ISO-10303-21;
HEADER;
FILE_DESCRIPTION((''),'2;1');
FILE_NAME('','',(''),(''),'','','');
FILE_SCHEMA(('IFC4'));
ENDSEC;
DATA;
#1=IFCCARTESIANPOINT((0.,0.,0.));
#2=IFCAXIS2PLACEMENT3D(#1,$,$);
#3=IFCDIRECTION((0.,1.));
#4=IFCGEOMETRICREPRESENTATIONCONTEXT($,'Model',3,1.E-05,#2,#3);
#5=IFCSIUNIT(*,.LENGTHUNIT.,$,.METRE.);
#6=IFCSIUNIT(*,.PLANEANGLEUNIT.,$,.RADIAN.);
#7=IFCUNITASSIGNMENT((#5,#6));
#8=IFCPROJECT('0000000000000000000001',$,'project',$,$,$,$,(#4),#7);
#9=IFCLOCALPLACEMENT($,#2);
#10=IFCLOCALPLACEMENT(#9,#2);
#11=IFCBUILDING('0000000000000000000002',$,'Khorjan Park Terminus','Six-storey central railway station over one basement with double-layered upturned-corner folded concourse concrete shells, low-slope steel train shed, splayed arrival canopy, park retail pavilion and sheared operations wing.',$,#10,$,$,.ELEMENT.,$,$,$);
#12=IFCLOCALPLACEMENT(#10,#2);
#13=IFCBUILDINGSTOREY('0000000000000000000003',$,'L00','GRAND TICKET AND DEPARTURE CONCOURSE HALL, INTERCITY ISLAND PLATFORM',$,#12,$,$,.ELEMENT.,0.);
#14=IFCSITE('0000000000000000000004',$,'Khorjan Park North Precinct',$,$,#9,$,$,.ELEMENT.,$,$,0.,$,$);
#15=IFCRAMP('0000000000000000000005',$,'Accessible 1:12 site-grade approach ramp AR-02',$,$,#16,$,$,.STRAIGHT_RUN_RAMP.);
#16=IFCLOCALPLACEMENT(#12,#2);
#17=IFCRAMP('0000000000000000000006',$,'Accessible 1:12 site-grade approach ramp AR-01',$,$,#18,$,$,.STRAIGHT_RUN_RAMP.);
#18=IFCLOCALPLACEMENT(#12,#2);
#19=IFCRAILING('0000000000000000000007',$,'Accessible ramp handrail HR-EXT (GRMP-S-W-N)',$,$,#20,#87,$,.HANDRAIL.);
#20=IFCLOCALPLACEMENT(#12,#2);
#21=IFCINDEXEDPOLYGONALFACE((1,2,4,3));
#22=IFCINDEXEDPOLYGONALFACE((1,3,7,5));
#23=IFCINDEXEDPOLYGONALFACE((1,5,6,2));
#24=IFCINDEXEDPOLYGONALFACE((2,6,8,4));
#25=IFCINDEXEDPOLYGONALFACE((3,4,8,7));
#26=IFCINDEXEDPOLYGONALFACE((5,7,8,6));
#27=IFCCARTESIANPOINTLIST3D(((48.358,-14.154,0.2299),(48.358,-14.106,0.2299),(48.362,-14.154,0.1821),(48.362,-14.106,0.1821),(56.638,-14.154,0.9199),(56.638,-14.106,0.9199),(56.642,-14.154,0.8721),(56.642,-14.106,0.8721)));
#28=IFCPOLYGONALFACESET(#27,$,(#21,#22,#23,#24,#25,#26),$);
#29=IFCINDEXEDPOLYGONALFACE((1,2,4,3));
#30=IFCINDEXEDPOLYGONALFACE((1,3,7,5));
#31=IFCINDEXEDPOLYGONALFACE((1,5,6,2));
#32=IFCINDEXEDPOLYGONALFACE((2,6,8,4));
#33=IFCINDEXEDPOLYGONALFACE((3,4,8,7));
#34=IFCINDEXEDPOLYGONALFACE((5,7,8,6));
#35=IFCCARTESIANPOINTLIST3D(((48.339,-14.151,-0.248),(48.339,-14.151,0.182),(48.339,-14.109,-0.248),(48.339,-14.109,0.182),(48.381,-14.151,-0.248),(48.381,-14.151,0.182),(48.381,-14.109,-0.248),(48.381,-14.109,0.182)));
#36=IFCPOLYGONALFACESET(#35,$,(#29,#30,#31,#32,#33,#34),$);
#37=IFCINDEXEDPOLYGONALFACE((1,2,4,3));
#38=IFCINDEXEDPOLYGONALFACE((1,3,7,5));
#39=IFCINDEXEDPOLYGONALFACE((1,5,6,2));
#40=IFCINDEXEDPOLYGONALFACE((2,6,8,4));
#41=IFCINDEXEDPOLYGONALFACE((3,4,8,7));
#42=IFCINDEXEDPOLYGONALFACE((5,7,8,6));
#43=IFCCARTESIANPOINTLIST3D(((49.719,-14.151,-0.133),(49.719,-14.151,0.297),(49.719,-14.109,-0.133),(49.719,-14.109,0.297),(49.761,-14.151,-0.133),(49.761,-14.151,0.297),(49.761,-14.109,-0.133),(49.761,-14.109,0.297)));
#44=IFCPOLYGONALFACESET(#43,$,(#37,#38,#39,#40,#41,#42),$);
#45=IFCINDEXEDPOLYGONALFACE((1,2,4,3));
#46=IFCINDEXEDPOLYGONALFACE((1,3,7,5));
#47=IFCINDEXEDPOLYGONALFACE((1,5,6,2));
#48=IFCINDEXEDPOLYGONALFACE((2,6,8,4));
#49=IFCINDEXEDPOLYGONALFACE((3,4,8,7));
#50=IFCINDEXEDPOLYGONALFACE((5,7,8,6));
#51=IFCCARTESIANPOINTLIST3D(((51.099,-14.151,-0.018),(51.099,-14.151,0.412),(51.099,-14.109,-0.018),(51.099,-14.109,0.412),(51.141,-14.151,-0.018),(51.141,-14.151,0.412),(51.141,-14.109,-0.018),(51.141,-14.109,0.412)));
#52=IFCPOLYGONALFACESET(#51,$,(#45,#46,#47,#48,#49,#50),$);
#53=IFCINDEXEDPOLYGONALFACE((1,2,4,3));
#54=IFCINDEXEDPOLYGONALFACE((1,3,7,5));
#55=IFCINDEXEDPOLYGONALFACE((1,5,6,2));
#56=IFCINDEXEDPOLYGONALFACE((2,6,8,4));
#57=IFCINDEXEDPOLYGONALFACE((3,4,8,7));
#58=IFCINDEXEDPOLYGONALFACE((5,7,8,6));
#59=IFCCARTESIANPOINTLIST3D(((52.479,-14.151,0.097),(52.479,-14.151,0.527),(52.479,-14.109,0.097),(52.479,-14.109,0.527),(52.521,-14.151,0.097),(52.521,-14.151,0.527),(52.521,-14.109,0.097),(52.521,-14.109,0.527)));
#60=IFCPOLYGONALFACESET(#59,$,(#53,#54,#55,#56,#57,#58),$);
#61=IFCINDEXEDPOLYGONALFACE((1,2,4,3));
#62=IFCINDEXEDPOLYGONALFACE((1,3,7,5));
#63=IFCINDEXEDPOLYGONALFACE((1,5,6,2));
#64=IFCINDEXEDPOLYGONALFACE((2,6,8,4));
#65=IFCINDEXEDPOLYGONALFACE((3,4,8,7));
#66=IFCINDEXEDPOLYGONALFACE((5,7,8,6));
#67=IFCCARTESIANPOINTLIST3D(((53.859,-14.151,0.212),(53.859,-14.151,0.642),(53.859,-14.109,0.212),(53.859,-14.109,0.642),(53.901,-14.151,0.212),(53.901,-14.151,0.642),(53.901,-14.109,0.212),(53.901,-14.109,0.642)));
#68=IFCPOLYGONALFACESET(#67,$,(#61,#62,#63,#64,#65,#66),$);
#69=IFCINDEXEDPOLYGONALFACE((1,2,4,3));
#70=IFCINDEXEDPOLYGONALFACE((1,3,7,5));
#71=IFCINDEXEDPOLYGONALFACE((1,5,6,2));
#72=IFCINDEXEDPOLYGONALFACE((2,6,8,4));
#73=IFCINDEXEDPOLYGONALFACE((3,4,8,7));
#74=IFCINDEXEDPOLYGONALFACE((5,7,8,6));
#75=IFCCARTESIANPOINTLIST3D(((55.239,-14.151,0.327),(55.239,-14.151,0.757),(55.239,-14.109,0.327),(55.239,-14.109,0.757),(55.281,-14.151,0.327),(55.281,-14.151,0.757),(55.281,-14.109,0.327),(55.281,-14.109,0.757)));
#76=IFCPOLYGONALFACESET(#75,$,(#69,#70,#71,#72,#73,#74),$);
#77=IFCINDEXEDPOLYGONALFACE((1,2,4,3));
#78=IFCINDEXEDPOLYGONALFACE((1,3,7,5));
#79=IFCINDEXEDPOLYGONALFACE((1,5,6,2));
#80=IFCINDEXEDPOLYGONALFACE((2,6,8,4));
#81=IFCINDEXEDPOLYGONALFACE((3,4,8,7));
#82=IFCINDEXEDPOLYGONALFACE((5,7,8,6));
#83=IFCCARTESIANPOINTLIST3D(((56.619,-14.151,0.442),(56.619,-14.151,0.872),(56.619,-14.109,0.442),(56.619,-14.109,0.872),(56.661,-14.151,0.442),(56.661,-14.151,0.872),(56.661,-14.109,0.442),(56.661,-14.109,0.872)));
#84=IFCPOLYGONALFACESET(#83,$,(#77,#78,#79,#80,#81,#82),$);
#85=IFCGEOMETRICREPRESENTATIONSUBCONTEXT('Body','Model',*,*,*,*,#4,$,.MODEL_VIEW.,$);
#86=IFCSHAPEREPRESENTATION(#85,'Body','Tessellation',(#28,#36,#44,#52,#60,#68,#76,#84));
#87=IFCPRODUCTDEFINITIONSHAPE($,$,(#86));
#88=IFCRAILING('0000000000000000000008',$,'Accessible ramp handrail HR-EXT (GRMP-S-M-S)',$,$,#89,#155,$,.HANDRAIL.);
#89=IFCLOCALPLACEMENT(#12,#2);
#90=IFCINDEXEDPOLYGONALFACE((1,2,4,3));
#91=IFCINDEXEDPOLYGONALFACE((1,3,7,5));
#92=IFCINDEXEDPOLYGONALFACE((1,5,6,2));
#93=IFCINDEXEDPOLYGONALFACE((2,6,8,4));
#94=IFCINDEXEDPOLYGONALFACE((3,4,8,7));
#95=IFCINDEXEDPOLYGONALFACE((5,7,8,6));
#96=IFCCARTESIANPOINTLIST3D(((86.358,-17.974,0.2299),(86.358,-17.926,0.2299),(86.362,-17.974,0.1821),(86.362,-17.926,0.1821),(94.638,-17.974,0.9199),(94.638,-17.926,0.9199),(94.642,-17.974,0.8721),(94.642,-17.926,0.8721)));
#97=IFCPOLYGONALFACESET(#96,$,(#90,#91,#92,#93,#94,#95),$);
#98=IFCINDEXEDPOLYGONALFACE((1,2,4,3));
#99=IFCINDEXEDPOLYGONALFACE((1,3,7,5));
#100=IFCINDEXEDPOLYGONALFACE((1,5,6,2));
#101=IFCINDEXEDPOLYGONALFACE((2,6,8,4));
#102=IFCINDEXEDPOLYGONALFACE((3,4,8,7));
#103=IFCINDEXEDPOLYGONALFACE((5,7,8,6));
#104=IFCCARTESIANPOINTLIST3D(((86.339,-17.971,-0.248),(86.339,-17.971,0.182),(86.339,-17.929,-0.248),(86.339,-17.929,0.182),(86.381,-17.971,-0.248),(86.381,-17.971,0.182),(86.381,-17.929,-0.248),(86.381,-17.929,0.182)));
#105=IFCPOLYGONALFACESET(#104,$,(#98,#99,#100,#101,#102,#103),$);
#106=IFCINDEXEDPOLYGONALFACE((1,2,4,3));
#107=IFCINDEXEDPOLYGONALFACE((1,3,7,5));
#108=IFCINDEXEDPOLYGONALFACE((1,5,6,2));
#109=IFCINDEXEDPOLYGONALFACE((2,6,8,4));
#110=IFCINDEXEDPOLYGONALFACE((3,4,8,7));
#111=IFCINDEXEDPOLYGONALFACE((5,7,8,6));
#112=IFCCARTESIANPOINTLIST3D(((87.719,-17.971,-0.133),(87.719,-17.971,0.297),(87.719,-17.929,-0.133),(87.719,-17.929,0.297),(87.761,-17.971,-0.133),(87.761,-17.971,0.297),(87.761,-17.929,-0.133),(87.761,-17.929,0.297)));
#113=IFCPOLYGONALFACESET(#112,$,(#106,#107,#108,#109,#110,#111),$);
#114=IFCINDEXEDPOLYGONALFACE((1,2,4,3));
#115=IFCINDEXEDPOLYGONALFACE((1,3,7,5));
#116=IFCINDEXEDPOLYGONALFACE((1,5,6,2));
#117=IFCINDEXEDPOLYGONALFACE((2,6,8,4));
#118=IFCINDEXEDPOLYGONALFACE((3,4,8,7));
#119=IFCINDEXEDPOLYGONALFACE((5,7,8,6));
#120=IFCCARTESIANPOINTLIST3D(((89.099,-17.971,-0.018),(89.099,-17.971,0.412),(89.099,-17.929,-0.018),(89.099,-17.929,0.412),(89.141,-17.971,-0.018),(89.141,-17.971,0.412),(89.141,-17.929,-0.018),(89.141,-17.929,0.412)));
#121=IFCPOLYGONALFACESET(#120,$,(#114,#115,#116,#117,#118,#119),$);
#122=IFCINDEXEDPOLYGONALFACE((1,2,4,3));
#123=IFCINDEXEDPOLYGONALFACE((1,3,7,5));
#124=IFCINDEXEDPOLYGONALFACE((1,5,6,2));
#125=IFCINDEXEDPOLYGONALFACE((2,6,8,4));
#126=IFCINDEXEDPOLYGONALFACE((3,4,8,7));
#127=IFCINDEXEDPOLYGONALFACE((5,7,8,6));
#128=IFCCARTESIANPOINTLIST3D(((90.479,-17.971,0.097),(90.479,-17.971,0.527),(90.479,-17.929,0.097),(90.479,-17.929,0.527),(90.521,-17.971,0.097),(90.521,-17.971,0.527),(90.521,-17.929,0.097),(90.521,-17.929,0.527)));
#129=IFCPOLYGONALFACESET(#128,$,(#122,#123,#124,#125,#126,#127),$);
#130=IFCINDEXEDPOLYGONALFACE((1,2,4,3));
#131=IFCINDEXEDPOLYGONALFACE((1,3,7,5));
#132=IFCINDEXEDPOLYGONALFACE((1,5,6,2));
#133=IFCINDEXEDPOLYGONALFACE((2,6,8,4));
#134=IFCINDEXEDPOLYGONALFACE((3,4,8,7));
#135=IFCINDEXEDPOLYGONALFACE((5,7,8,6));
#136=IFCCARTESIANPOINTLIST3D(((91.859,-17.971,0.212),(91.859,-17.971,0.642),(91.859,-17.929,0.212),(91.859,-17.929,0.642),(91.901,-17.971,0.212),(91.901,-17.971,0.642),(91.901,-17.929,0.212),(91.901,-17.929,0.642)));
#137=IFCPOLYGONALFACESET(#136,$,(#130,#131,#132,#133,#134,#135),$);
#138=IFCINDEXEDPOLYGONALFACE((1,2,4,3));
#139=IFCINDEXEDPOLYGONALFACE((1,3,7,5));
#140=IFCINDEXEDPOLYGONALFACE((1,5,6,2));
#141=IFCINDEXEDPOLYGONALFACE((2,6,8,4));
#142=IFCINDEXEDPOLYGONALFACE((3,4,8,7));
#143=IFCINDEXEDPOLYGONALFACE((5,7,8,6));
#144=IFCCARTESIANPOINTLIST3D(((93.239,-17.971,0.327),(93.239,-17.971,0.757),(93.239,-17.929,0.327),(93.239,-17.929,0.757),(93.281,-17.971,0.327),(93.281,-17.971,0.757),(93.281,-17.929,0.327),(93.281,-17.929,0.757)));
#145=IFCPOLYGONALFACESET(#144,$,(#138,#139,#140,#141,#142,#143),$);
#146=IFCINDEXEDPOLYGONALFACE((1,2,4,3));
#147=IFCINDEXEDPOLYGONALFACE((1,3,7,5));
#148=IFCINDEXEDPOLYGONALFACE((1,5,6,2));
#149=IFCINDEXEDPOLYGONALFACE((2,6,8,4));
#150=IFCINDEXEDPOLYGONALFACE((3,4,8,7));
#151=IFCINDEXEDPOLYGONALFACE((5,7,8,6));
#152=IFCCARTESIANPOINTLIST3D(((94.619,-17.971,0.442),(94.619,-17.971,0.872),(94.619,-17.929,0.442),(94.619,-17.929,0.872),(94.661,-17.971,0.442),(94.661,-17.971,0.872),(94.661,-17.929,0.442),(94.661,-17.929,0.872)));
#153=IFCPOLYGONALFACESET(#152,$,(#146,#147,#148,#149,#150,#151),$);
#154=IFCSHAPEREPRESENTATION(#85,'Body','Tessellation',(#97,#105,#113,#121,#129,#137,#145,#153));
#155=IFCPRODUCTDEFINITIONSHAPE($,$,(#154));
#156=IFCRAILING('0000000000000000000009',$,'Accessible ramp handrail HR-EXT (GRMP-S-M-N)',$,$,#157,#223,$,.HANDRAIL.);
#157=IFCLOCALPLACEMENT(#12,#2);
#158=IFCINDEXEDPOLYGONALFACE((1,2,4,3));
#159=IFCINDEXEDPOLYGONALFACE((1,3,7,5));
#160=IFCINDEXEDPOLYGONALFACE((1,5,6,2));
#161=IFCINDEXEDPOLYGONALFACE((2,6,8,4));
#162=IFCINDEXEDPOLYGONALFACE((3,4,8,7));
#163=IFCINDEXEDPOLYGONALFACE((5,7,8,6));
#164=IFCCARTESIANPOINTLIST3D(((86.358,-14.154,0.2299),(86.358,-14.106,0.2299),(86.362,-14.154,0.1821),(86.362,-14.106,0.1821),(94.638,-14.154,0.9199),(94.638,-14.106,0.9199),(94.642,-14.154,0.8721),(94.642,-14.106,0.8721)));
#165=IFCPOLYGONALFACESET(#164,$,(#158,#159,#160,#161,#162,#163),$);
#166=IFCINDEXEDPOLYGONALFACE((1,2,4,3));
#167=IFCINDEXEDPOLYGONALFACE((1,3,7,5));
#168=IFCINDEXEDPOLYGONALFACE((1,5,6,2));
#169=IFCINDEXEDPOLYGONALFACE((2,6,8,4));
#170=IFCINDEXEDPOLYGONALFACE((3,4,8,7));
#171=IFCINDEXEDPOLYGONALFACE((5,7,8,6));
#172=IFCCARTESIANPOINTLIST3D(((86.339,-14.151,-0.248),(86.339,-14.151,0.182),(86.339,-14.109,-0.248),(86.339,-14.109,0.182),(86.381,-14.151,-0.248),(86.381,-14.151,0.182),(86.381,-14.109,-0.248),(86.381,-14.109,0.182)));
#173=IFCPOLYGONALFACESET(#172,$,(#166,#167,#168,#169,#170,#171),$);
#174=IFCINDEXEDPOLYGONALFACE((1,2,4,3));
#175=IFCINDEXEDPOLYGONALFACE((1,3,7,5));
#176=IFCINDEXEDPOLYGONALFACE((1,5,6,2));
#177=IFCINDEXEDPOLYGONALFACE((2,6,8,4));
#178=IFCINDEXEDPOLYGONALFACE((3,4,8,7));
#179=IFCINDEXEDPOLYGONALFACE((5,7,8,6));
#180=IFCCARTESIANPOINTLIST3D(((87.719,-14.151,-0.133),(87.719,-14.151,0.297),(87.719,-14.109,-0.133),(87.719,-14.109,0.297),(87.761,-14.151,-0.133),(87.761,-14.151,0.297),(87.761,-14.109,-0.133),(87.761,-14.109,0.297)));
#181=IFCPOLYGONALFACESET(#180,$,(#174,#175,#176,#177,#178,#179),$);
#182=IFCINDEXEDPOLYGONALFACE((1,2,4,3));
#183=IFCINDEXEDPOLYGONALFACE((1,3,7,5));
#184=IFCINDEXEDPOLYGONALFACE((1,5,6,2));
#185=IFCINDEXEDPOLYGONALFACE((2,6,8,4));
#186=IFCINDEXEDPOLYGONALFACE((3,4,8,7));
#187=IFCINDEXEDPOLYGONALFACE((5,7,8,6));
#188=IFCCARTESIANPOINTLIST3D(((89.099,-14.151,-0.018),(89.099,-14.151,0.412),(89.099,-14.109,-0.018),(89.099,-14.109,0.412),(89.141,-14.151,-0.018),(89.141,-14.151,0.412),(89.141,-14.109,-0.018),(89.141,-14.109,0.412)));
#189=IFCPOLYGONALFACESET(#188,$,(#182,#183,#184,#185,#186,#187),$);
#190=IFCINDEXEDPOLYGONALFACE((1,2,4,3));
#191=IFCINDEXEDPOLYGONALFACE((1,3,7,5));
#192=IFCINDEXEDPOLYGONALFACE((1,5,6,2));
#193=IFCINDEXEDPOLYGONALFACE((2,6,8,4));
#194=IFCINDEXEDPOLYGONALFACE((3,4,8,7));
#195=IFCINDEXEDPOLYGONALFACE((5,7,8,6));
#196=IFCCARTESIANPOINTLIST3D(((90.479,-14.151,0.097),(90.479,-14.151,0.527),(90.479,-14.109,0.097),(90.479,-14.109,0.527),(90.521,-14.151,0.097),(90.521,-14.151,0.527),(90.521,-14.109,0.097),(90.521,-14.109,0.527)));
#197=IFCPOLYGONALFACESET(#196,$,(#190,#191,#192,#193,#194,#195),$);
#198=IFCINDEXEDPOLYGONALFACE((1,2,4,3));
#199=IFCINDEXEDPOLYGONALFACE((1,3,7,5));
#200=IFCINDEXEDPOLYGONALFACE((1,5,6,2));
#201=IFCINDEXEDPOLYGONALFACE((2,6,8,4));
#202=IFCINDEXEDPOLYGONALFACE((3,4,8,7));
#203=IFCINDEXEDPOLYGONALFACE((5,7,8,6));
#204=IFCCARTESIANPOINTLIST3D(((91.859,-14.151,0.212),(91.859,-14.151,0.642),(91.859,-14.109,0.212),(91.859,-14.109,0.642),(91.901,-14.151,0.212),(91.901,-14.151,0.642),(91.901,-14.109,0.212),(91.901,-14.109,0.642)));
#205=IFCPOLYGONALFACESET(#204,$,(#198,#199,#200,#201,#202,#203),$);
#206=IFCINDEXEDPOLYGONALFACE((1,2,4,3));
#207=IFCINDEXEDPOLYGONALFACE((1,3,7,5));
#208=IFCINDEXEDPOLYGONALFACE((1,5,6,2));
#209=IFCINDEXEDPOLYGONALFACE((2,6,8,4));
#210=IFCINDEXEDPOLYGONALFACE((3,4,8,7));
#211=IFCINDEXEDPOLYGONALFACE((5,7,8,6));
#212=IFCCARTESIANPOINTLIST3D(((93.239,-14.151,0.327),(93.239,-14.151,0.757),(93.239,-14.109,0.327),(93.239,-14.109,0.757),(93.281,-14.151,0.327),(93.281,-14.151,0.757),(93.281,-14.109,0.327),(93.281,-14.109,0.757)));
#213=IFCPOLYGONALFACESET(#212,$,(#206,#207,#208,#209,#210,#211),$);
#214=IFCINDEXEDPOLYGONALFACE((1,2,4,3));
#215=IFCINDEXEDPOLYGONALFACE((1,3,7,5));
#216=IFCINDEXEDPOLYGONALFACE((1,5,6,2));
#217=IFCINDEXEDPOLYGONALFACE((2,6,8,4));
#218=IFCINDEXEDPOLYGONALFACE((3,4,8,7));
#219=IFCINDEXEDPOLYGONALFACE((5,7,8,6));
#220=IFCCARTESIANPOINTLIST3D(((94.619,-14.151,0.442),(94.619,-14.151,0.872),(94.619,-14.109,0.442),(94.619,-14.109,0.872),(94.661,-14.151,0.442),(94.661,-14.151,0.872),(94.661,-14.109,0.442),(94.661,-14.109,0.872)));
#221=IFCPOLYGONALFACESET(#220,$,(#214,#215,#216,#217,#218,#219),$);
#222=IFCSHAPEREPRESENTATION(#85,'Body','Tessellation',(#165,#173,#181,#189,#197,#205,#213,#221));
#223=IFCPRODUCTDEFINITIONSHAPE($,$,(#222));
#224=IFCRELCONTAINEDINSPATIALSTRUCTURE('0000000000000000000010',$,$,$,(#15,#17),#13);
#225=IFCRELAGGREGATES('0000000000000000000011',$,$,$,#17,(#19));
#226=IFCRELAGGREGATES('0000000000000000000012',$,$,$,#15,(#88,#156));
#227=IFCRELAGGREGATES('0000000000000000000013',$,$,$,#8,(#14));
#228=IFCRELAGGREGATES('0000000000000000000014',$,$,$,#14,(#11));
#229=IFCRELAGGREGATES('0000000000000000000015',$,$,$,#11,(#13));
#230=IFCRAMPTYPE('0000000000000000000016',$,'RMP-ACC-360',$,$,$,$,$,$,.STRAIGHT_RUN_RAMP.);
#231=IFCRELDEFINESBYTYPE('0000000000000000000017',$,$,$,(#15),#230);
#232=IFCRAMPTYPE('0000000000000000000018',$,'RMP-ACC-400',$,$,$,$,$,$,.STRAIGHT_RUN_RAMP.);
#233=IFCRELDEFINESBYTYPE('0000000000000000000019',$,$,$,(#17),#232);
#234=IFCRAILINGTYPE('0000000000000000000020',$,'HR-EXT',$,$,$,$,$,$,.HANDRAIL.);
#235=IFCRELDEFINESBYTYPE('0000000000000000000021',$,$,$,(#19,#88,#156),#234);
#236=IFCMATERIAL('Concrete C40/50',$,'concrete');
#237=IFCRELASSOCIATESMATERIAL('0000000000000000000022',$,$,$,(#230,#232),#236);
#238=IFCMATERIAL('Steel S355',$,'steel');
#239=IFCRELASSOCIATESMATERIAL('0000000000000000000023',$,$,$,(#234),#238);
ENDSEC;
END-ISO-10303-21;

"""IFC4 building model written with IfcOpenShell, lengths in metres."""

from ifc_helpers import new_model, si_unit, direction, frame, origin, origin_2d, place, context, subcontext, project, spatial, rectangle, extrude, material, type_object, element, aggregate, save


model = new_model("IFC4")

# Units and contexts
model_context = context("Model", 3, precision=1e-05, world=origin(), true_north=direction((0.0, 1.0)))
body_context = subcontext(model_context, "Body", "Model", "MODEL_VIEW")
ifc_project = project(units=[si_unit("LENGTHUNIT", "METRE"), si_unit("PLANEANGLEUNIT", "RADIAN")], contexts=[model_context])

# Site, building, storey
site_placement = place(None, origin())
site = spatial("IfcSite", under=ifc_project, at=site_placement, Name="Khorjan Park North Precinct", CompositionType="ELEMENT", RefElevation=0.0)
building_placement = place(site_placement, origin())
building = spatial("IfcBuilding", under=site, at=building_placement, Name="Khorjan Park Terminus", Description="Six-storey central railway station over one basement with double-layered upturned-corner folded concourse concrete shells, low-slope steel train shed, splayed arrival canopy, park retail pavilion and sheared operations wing.", CompositionType="ELEMENT")
storey_placement = place(building_placement, origin())
storey = spatial("IfcBuildingStorey", under=building, at=storey_placement, Name="L00", Description="GRAND TICKET AND DEPARTURE CONCOURSE HALL, INTERCITY ISLAND PLATFORM", CompositionType="ELEMENT", Elevation=0.0)

# Shared definitions
ifc_material_1 = material(Name="Steel S355", Category="steel")

# Shared definitions
ifc_material_2 = material(Name="Concrete C40/50", Category="concrete")

# Ramps
ramp_type_1 = type_object("IfcRampType", Name="RMP-ACC-360", PredefinedType="STRAIGHT_RUN_RAMP", material=ifc_material_2)
ramp_1_placement = place(storey_placement, origin())
ramp_1 = element("IfcRamp", 1, at=ramp_1_placement, inside=storey, type_object=ramp_type_1, Name="Accessible 1:12 site-grade approach ramp AR-02", PredefinedType="STRAIGHT_RUN_RAMP")
ramp_type_2 = type_object("IfcRampType", Name="RMP-ACC-400", PredefinedType="STRAIGHT_RUN_RAMP", material=ifc_material_2)
ramp_2_placement = place(storey_placement, origin())
ramp_2 = element("IfcRamp", 2, at=ramp_2_placement, inside=storey, type_object=ramp_type_2, Name="Accessible 1:12 site-grade approach ramp AR-01", PredefinedType="STRAIGHT_RUN_RAMP")

# Railings
railing_type_1 = type_object("IfcRailingType", Name="HR-EXT", PredefinedType="HANDRAIL", material=ifc_material_1)
railing_1_placement = place(storey_placement, frame((48.36, -14.13, -0.69)))
railing_1 = element("IfcRailing", 3, at=railing_1_placement, type_object=railing_type_1, Name="Accessible ramp handrail HR-EXT (GRMP-S-W-N)", PredefinedType="HANDRAIL", context=body_context, shape_type="SweptSolid", body=[
    extrude(rectangle(XDim=0.048, YDim=0.048, at=origin_2d()), frame((0.0, 0.0, 0.896), z_axis=(0.996546, 0.0, 0.083045), x_axis=(0.0, 1.0, 0.0)), (0.0, 0.0, 1.0), 8.3087),
    extrude(rectangle(XDim=0.042, YDim=0.042, at=origin_2d()), frame((0.0, 0.0, 0.442)), (0.0, 0.0, 1.0), 0.43),
    extrude(rectangle(XDim=0.042, YDim=0.042, at=origin_2d()), frame((1.38, 0.0, 0.557)), (0.0, 0.0, 1.0), 0.43),
    extrude(rectangle(XDim=0.042, YDim=0.042, at=origin_2d()), frame((2.76, 0.0, 0.672)), (0.0, 0.0, 1.0), 0.43),
    extrude(rectangle(XDim=0.042, YDim=0.042, at=origin_2d()), frame((4.14, 0.0, 0.787)), (0.0, 0.0, 1.0), 0.43),
    extrude(rectangle(XDim=0.042, YDim=0.042, at=origin_2d()), frame((5.52, 0.0, 0.902)), (0.0, 0.0, 1.0), 0.43),
    extrude(rectangle(XDim=0.042, YDim=0.042, at=origin_2d()), frame((6.9, 0.0, 1.017)), (0.0, 0.0, 1.0), 0.43),
    extrude(rectangle(XDim=0.042, YDim=0.042, at=origin_2d()), frame((8.28, 0.0, 1.132)), (0.0, 0.0, 1.0), 0.43),
])
aggregate(ramp_2, [railing_1])
railing_2_placement = place(storey_placement, frame((86.36, -17.95, -0.69)))
railing_2 = element("IfcRailing", 4, at=railing_2_placement, type_object=railing_type_1, Name="Accessible ramp handrail HR-EXT (GRMP-S-M-S)", PredefinedType="HANDRAIL", context=body_context, shape_type="SweptSolid", body=[
    extrude(rectangle(XDim=0.048, YDim=0.048, at=origin_2d()), frame((0.0, 0.0, 0.896), z_axis=(0.996546, 0.0, 0.083045), x_axis=(0.0, 1.0, 0.0)), (0.0, 0.0, 1.0), 8.3087),
    extrude(rectangle(XDim=0.042, YDim=0.042, at=origin_2d()), frame((0.0, 0.0, 0.442)), (0.0, 0.0, 1.0), 0.43),
    extrude(rectangle(XDim=0.042, YDim=0.042, at=origin_2d()), frame((1.38, 0.0, 0.557)), (0.0, 0.0, 1.0), 0.43),
    extrude(rectangle(XDim=0.042, YDim=0.042, at=origin_2d()), frame((2.76, 0.0, 0.672)), (0.0, 0.0, 1.0), 0.43),
    extrude(rectangle(XDim=0.042, YDim=0.042, at=origin_2d()), frame((4.14, 0.0, 0.787)), (0.0, 0.0, 1.0), 0.43),
    extrude(rectangle(XDim=0.042, YDim=0.042, at=origin_2d()), frame((5.52, 0.0, 0.902)), (0.0, 0.0, 1.0), 0.43),
    extrude(rectangle(XDim=0.042, YDim=0.042, at=origin_2d()), frame((6.9, 0.0, 1.017)), (0.0, 0.0, 1.0), 0.43),
    extrude(rectangle(XDim=0.042, YDim=0.042, at=origin_2d()), frame((8.28, 0.0, 1.132)), (0.0, 0.0, 1.0), 0.43),
])
railing_3_placement = place(storey_placement, frame((86.36, -14.13, -0.69)))
railing_3 = element("IfcRailing", 5, at=railing_3_placement, type_object=railing_type_1, Name="Accessible ramp handrail HR-EXT (GRMP-S-M-N)", PredefinedType="HANDRAIL", context=body_context, shape_type="SweptSolid", body=[
    extrude(rectangle(XDim=0.048, YDim=0.048, at=origin_2d()), frame((0.0, 0.0, 0.896), z_axis=(0.996546, 0.0, 0.083045), x_axis=(0.0, 1.0, 0.0)), (0.0, 0.0, 1.0), 8.3087),
    extrude(rectangle(XDim=0.042, YDim=0.042, at=origin_2d()), frame((0.0, 0.0, 0.442)), (0.0, 0.0, 1.0), 0.43),
    extrude(rectangle(XDim=0.042, YDim=0.042, at=origin_2d()), frame((1.38, 0.0, 0.557)), (0.0, 0.0, 1.0), 0.43),
    extrude(rectangle(XDim=0.042, YDim=0.042, at=origin_2d()), frame((2.76, 0.0, 0.672)), (0.0, 0.0, 1.0), 0.43),
    extrude(rectangle(XDim=0.042, YDim=0.042, at=origin_2d()), frame((4.14, 0.0, 0.787)), (0.0, 0.0, 1.0), 0.43),
    extrude(rectangle(XDim=0.042, YDim=0.042, at=origin_2d()), frame((5.52, 0.0, 0.902)), (0.0, 0.0, 1.0), 0.43),
    extrude(rectangle(XDim=0.042, YDim=0.042, at=origin_2d()), frame((6.9, 0.0, 1.017)), (0.0, 0.0, 1.0), 0.43),
    extrude(rectangle(XDim=0.042, YDim=0.042, at=origin_2d()), frame((8.28, 0.0, 1.132)), (0.0, 0.0, 1.0), 0.43),
])
aggregate(ramp_1, [railing_2, railing_3])

save(model, "model.ifc")
